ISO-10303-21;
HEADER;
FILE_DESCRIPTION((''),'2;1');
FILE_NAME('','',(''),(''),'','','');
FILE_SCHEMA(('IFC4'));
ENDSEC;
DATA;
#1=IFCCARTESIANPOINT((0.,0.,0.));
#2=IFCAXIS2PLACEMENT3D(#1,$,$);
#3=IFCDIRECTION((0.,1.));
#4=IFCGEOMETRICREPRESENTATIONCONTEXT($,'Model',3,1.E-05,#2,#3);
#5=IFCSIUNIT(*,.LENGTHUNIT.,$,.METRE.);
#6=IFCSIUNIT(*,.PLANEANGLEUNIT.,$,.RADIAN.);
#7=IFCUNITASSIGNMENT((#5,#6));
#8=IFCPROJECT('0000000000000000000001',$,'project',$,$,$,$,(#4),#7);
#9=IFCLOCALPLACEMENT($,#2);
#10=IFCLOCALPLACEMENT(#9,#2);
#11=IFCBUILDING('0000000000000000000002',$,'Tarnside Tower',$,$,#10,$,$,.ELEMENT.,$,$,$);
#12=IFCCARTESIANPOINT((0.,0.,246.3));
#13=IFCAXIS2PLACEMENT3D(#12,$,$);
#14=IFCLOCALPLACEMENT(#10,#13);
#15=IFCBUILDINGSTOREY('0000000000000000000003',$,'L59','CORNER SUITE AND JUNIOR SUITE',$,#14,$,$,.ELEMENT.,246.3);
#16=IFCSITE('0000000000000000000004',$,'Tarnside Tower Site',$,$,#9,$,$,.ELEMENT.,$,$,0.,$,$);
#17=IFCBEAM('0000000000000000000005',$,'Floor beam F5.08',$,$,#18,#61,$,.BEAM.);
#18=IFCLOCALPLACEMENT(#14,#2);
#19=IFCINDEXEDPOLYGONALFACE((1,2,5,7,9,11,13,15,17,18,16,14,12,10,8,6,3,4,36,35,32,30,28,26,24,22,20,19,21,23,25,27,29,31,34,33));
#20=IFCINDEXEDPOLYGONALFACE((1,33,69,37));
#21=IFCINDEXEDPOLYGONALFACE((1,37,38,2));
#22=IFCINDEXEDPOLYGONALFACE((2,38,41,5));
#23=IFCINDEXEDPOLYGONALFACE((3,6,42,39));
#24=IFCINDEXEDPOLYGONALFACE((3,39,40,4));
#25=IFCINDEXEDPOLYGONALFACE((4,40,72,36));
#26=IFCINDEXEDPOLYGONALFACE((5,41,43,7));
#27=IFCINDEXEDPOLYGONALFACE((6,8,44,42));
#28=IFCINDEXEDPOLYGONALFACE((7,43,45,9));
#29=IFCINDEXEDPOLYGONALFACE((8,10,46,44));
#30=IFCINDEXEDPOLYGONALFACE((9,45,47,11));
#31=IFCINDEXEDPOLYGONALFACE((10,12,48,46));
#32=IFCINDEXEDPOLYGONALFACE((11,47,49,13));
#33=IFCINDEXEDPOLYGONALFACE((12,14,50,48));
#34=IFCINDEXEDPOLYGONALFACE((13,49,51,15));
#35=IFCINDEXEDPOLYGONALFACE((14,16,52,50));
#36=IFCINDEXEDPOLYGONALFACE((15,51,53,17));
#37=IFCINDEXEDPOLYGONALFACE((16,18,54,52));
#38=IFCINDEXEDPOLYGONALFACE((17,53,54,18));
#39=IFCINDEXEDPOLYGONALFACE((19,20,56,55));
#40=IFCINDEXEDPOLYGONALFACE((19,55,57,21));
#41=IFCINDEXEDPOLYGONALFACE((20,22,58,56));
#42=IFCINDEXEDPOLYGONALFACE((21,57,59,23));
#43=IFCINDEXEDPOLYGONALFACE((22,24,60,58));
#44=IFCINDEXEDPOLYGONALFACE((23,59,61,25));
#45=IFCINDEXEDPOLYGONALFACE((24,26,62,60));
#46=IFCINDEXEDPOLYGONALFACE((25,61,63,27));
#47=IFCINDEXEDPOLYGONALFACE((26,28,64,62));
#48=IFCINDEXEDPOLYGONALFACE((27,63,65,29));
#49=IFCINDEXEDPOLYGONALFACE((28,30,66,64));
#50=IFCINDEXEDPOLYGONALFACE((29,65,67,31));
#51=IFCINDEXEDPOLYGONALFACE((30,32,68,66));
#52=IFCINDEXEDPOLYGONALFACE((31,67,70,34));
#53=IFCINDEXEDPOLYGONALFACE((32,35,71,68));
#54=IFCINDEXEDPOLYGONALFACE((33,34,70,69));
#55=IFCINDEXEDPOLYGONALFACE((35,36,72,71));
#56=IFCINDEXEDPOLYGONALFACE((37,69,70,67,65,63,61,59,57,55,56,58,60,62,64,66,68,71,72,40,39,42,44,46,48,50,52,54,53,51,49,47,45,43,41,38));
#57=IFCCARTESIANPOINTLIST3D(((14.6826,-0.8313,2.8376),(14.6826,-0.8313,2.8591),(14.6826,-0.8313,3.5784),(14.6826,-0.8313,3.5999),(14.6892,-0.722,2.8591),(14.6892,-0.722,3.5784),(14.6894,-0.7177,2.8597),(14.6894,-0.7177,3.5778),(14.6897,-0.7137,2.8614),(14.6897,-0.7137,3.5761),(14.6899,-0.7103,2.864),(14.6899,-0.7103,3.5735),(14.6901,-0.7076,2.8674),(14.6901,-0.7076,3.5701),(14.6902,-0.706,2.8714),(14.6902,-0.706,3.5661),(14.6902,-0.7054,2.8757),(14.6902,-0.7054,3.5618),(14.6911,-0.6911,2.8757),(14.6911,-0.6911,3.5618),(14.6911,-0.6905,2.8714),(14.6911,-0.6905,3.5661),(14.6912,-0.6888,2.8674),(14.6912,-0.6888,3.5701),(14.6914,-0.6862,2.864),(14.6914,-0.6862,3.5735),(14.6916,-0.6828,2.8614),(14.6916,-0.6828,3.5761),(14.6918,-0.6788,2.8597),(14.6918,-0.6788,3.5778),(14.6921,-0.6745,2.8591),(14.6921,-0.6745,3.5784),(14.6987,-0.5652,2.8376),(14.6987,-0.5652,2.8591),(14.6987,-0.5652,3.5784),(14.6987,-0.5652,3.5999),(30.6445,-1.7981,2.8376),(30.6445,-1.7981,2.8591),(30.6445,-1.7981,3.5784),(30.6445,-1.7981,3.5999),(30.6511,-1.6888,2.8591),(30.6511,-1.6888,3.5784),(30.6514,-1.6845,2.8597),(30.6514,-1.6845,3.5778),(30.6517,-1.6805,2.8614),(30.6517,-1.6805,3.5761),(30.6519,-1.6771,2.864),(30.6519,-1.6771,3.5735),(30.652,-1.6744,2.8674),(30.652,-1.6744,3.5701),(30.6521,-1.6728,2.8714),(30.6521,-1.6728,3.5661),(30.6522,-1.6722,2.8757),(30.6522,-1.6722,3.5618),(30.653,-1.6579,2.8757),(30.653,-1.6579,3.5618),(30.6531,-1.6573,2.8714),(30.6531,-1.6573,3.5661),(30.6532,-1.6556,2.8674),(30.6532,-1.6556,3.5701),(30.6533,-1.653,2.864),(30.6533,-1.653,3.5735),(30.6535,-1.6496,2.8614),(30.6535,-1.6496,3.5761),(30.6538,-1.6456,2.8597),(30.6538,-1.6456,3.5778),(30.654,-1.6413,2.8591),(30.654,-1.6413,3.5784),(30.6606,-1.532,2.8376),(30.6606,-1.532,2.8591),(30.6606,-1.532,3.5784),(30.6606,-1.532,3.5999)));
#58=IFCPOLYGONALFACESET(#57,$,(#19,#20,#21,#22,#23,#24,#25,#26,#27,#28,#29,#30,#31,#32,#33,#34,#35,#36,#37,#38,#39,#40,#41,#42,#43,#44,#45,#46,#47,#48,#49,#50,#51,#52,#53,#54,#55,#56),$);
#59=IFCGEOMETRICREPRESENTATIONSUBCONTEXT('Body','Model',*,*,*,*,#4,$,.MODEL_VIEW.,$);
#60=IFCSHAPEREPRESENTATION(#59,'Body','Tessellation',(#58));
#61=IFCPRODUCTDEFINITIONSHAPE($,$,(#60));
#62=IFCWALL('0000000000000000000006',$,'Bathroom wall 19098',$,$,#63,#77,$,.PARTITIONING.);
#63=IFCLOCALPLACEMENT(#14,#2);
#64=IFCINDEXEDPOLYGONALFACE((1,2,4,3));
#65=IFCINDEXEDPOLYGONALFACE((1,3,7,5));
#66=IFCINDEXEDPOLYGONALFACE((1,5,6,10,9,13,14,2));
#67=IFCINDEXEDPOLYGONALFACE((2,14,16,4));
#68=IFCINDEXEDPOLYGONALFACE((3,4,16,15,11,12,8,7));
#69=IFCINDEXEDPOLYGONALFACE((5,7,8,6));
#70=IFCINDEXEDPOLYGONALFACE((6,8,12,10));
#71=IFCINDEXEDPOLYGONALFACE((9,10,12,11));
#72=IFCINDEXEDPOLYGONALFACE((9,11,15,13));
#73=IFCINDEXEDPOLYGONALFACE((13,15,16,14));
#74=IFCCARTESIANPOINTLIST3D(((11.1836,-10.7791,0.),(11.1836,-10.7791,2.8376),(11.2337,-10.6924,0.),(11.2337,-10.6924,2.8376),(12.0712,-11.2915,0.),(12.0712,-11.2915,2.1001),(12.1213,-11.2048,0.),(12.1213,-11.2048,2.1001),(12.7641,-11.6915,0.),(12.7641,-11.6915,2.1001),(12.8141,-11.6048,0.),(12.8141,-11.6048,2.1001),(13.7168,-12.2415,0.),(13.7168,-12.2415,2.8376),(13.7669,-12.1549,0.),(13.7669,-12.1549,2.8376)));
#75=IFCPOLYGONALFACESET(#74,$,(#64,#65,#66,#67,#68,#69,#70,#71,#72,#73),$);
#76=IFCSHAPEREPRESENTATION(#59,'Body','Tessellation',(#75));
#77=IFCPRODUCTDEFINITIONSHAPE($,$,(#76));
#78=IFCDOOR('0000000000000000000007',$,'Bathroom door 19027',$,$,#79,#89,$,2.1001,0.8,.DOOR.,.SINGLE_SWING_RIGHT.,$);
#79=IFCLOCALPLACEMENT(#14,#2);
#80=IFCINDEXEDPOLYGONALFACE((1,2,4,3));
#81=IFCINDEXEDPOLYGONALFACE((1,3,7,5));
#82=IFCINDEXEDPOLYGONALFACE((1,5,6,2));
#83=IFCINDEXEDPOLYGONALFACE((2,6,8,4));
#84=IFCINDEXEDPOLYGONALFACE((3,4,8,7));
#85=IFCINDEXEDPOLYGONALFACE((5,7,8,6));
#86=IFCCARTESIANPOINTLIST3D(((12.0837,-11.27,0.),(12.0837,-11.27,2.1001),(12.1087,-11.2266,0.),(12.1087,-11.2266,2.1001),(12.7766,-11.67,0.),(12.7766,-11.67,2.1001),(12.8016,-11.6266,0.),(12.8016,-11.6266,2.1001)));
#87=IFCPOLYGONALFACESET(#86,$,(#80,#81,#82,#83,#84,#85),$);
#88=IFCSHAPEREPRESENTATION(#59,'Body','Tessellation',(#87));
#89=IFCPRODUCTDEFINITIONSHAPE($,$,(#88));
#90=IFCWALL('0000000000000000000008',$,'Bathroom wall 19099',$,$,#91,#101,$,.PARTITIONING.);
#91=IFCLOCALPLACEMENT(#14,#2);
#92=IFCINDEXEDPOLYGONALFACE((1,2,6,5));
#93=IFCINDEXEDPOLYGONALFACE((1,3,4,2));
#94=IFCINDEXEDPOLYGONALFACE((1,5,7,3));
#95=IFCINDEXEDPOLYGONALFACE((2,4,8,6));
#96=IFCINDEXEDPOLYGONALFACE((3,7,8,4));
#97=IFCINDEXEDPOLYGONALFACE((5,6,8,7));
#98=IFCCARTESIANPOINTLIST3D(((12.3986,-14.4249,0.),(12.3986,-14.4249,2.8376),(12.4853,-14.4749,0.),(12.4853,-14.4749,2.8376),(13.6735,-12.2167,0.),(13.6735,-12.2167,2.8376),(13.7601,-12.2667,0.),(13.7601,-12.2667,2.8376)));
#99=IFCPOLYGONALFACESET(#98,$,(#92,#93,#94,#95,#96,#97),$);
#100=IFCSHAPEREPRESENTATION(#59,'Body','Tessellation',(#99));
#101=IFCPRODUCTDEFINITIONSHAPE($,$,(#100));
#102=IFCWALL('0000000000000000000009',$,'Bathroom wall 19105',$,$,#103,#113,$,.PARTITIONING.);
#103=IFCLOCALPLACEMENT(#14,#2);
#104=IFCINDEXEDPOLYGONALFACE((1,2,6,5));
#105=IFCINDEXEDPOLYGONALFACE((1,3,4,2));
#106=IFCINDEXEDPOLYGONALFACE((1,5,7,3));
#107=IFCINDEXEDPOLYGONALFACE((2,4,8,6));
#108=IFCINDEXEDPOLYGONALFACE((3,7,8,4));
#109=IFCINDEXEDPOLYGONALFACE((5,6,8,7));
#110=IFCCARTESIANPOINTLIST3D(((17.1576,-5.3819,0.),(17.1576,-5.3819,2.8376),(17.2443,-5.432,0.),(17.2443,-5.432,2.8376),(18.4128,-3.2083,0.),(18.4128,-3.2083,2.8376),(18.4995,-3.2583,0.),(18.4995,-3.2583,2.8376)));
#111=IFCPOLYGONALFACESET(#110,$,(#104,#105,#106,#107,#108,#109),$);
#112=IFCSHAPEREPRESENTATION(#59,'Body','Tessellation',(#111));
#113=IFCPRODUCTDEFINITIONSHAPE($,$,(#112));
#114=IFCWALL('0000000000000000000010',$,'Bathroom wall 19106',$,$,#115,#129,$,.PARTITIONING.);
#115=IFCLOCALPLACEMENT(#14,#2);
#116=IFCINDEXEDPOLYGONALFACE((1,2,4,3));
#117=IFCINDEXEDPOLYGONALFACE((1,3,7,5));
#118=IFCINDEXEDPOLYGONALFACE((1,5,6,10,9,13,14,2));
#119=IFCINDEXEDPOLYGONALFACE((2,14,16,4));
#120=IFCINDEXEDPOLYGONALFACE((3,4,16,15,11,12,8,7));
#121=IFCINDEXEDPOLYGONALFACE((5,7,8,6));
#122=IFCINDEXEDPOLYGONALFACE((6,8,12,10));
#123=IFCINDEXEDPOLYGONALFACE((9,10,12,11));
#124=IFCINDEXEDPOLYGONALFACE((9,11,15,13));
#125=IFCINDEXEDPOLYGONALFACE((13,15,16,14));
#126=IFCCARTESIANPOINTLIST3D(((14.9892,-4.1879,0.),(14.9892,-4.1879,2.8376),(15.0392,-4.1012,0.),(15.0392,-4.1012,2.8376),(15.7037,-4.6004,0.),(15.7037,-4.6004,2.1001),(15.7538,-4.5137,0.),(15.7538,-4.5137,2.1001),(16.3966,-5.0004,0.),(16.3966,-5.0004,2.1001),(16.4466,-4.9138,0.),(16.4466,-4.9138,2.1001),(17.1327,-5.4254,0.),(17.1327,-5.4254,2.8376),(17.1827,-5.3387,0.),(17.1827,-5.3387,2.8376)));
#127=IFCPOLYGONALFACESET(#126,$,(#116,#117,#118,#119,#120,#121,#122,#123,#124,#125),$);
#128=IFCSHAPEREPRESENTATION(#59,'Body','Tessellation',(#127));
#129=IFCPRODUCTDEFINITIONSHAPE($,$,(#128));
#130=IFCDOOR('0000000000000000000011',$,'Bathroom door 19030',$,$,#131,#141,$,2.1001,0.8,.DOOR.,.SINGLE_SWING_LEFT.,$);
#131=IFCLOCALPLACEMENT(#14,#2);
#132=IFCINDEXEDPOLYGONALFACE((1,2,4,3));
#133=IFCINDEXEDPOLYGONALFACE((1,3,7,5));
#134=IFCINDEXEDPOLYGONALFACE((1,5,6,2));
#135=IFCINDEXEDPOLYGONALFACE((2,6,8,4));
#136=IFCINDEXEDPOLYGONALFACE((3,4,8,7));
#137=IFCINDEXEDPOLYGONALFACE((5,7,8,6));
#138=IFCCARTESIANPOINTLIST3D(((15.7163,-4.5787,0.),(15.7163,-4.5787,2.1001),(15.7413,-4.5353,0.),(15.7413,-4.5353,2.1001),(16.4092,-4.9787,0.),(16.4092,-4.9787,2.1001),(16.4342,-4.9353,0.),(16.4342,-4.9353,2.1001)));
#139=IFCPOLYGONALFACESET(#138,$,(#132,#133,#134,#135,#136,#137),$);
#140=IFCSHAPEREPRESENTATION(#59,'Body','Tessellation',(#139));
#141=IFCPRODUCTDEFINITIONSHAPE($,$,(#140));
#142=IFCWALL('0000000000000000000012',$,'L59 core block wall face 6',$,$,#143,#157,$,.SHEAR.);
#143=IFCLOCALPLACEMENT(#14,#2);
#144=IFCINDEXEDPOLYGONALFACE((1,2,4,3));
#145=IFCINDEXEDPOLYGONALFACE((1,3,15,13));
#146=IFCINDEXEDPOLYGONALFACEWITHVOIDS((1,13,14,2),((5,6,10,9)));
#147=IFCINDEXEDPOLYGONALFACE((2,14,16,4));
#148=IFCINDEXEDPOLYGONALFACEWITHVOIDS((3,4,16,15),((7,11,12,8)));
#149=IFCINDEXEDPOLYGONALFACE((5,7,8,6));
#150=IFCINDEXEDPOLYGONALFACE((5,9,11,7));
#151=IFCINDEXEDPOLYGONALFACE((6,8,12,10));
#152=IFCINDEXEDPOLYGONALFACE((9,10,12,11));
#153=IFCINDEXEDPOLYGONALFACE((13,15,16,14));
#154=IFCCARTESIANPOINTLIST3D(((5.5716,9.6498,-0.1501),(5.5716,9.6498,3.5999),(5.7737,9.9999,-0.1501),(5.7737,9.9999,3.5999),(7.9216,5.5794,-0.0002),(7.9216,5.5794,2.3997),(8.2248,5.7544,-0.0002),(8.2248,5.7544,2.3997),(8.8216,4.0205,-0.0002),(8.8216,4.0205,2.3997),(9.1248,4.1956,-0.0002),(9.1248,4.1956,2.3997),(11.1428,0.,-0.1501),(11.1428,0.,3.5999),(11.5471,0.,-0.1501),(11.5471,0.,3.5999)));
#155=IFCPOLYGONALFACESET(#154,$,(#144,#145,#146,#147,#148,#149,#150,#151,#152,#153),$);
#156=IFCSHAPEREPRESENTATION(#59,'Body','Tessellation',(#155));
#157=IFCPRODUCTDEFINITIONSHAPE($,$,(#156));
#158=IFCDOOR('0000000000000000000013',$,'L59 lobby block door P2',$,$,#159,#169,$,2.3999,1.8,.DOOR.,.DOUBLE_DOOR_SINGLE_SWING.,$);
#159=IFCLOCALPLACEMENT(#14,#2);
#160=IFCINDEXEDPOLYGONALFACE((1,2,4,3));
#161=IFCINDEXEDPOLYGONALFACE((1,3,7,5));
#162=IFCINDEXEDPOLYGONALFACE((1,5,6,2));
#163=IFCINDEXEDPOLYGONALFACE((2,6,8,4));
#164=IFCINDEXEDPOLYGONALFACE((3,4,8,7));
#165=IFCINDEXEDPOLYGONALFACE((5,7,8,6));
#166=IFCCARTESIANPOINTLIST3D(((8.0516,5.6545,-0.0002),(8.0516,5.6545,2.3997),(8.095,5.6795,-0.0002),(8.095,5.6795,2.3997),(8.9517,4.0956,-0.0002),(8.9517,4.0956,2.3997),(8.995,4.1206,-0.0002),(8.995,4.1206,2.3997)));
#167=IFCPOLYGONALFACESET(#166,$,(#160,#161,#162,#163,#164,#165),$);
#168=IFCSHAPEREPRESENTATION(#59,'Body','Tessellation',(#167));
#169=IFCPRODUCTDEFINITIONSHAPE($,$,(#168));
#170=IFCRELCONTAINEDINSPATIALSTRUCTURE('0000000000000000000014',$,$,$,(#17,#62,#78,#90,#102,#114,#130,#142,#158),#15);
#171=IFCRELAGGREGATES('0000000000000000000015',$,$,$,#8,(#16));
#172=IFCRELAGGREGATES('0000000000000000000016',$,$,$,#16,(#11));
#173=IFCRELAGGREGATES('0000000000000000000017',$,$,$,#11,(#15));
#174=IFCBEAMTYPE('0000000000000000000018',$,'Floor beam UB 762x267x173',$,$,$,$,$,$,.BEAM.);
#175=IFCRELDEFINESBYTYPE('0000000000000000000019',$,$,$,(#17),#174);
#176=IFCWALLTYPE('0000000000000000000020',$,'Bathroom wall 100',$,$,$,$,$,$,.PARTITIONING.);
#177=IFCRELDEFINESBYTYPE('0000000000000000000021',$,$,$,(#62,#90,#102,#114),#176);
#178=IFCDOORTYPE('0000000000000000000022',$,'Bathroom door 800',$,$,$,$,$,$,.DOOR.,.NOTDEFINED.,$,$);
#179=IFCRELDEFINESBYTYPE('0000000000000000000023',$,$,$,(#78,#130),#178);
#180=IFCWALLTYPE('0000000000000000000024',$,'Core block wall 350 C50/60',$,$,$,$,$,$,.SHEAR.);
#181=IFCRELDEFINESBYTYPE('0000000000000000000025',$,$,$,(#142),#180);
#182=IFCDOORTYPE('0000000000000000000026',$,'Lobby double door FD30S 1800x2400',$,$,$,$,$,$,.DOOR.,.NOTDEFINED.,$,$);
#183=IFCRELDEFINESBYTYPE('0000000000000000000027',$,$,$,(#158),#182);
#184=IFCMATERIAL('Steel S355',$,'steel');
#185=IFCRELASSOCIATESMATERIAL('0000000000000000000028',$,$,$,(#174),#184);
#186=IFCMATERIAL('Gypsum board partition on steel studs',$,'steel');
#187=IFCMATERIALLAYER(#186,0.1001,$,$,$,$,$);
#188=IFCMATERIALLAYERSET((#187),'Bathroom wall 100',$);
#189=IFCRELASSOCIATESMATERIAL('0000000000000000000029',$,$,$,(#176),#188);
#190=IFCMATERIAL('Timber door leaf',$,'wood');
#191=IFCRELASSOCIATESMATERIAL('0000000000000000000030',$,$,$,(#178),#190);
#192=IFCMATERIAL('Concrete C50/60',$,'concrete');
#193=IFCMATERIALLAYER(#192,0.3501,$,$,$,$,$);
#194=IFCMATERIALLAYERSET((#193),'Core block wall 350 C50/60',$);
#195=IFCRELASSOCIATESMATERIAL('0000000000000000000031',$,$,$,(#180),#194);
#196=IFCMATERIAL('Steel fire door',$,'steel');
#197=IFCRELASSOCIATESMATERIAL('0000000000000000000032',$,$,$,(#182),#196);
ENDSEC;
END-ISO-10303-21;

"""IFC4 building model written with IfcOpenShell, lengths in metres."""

from ifc_helpers import new_model, si_unit, direction, frame, frame_2d, origin, origin_2d, place, context, subcontext, project, spatial, polyline, rectangle, i_section, outline, extrude, material, layer, layer_set, material_profile, profile_set, type_object, element, fill, save


model = new_model("IFC4")

# Units and contexts
model_context = context("Model", 3, precision=1e-05, world=origin(), true_north=direction((0.0, 1.0)))
body_context = subcontext(model_context, "Body", "Model", "MODEL_VIEW")
ifc_project = project(units=[si_unit("LENGTHUNIT", "METRE"), si_unit("PLANEANGLEUNIT", "RADIAN")], contexts=[model_context])

# Site, building, storey
site_placement = place(None, origin())
site = spatial("IfcSite", under=ifc_project, at=site_placement, Name="Tarnside Tower Site", CompositionType="ELEMENT", RefElevation=0.0)
building_placement = place(site_placement, origin())
building = spatial("IfcBuilding", under=site, at=building_placement, Name="Tarnside Tower", CompositionType="ELEMENT")
storey_placement = place(building_placement, frame((0.0, 0.0, 246.3)))
storey = spatial("IfcBuildingStorey", under=building, at=storey_placement, Name="L59", Description="CORNER SUITE AND JUNIOR SUITE", CompositionType="ELEMENT", Elevation=246.3)

# Beam
ifc_material_1 = material(Name="Steel S355", Category="steel")
ifc_material_profile_1 = material_profile(ifc_material_1, i_section(OverallWidth=0.2666, OverallDepth=0.7622, WebThickness=0.0144, FlangeThickness=0.0215, FilletRadius=0.0166, at=origin_2d()), Name="UB 762x267x173")
ifc_profile_set_1 = profile_set([ifc_material_profile_1], Name="Steel S355")
beam_type_1 = type_object("IfcBeamType", Name="Floor beam UB 762x267x173", PredefinedType="BEAM", material=ifc_profile_set_1)
beam_1_placement = place(storey_placement, frame((30.6526, -1.665, 3.2188), z_axis=(-0.998171, 0.060458, 0.0), x_axis=(-0.060458, -0.998171, 0.0)))
element("IfcBeam", 1, at=beam_1_placement, inside=storey, type_object=beam_type_1, Name="Floor beam F5.08", PredefinedType="BEAM", context=body_context, shape_type="SweptSolid", body=[
    extrude(i_section(OverallWidth=0.2666, OverallDepth=0.7622, WebThickness=0.0144, FlangeThickness=0.0215, FilletRadius=0.0166, at=origin_2d()), origin(), (0.0, 0.0, 1.0), 15.9912),
])

# Wall, opening, door
ifc_material_2 = material(Name="Gypsum board partition on steel studs", Category="steel")
ifc_layer_1 = layer(ifc_material_2, 0.1001)
ifc_layer_set_1 = layer_set([ifc_layer_1], Name="Bathroom wall 100")
wall_type_1 = type_object("IfcWallType", Name="Bathroom wall 100", PredefinedType="PARTITIONING", material=ifc_layer_set_1)
wall_1_placement = place(storey_placement, frame((11.2087, -10.7358, 0.0), z_axis=(0.0, 0.0, 1.0), x_axis=(0.866047, -0.499963, 0.0)))
wall_1 = element("IfcWall", 2, at=wall_1_placement, inside=storey, type_object=wall_type_1, Name="Bathroom wall 19098", PredefinedType="PARTITIONING", context=body_context, shape_type="SweptSolid", body=[
    extrude(rectangle(XDim=2.925, YDim=0.1001, at=frame_2d((1.4624, 0.0))), origin(), (0.0, 0.0, 1.0), 2.8376),
])
opening_1_placement = place(wall_1_placement, frame((1.0249, 0.0, 0.0)))
opening_1 = element("IfcOpeningElement", 3, at=opening_1_placement, cuts=wall_1, PredefinedType="OPENING", context=body_context, shape_type="SweptSolid", body=[
    extrude(rectangle(XDim=0.8, YDim=2.1001, at=frame_2d((0.3999, 1.05))), frame((0.0, 0.0601, 0.0), z_axis=(0.0, -1.0, 0.0), x_axis=(1.0, 0.0, 0.0)), (0.0, 0.0, 1.0), 0.1201),
])
ifc_material_3 = material(Name="Timber door leaf", Category="wood")
door_type_1 = type_object("IfcDoorType", Name="Bathroom door 800", OperationType="NOTDEFINED", PredefinedType="DOOR", material=ifc_material_3)
door_1_placement = place(opening_1_placement, origin())
door_1 = element("IfcDoor", 4, at=door_1_placement, inside=storey, type_object=door_type_1, Name="Bathroom door 19027", OperationType="SINGLE_SWING_RIGHT", OverallHeight=2.1001, OverallWidth=0.8, PredefinedType="DOOR", context=body_context, shape_type="SweptSolid", body=[
    extrude(rectangle(XDim=0.8, YDim=2.1001, at=frame_2d((0.3999, 1.05))), frame((0.0, 0.0249, 0.0), z_axis=(0.0, -1.0, 0.0), x_axis=(1.0, 0.0, 0.0)), (0.0, 0.0, 1.0), 0.05),
])
fill(opening_1, door_1)

# Walls
wall_2_placement = place(storey_placement, frame((13.7168, -12.2417, 0.0), z_axis=(0.0, 0.0, 1.0), x_axis=(-0.49999, -0.866031, 0.0)))
element("IfcWall", 5, at=wall_2_placement, inside=storey, type_object=wall_type_1, Name="Bathroom wall 19099", PredefinedType="PARTITIONING", context=body_context, shape_type="SweptSolid", body=[
    extrude(rectangle(XDim=2.5498, YDim=0.1001, at=frame_2d((1.2749, 0.0))), origin(), (0.0, 0.0, 1.0), 2.8376),
])
wall_3_placement = place(storey_placement, frame((18.4561, -3.2334, 0.0), z_axis=(0.0, 0.0, 1.0), x_axis=(-0.500062, -0.86599, 0.0)))
element("IfcWall", 6, at=wall_3_placement, inside=storey, type_object=wall_type_1, Name="Bathroom wall 19105", PredefinedType="PARTITIONING", context=body_context, shape_type="SweptSolid", body=[
    extrude(rectangle(XDim=2.51, YDim=0.1001, at=frame_2d((1.2549, 0.0))), origin(), (0.0, 0.0, 1.0), 2.8376),
])

# Walls, openings, doors
wall_4_placement = place(storey_placement, frame((17.1577, -5.3821, 0.0), z_axis=(0.0, 0.0, 1.0), x_axis=(-0.866031, 0.49999, 0.0)))
wall_4 = element("IfcWall", 7, at=wall_4_placement, inside=storey, type_object=wall_type_1, Name="Bathroom wall 19106", PredefinedType="PARTITIONING", context=body_context, shape_type="SweptSolid", body=[
    extrude(rectangle(XDim=2.4751, YDim=0.1001, at=frame_2d((1.2375, 0.0))), origin(), (0.0, 0.0, 1.0), 2.8376),
])
opening_2_placement = place(wall_4_placement, frame((0.8501, 0.0, 0.0)))
opening_2 = element("IfcOpeningElement", 8, at=opening_2_placement, cuts=wall_4, PredefinedType="OPENING", context=body_context, shape_type="SweptSolid", body=[
    extrude(rectangle(XDim=0.8, YDim=2.1001, at=frame_2d((0.3999, 1.05))), frame((0.0, 0.0601, 0.0), z_axis=(0.0, -1.0, 0.0), x_axis=(1.0, 0.0, 0.0)), (0.0, 0.0, 1.0), 0.1201),
])
door_2_placement = place(opening_2_placement, origin())
door_2 = element("IfcDoor", 9, at=door_2_placement, inside=storey, type_object=door_type_1, Name="Bathroom door 19030", OperationType="SINGLE_SWING_LEFT", OverallHeight=2.1001, OverallWidth=0.8, PredefinedType="DOOR", context=body_context, shape_type="SweptSolid", body=[
    extrude(rectangle(XDim=0.8, YDim=2.1001, at=frame_2d((0.3999, 1.05))), frame((0.0, 0.0249, 0.0), z_axis=(0.0, -1.0, 0.0), x_axis=(1.0, 0.0, 0.0)), (0.0, 0.0, 1.0), 0.05),
])
fill(opening_2, door_2)
ifc_material_4 = material(Name="Concrete C50/60", Category="concrete")
ifc_layer_2 = layer(ifc_material_4, 0.3501)
ifc_layer_set_2 = layer_set([ifc_layer_2], Name="Core block wall 350 C50/60")
wall_type_2 = type_object("IfcWallType", Name="Core block wall 350 C50/60", PredefinedType="SHEAR", material=ifc_layer_set_2)
wall_5_placement = place(storey_placement, frame((11.345, 0.0, -0.1501), z_axis=(0.0, 0.0, 1.0), x_axis=(-0.499995, 0.866028, 0.0)))
wall_5 = element("IfcWall", 10, at=wall_5_placement, inside=storey, type_object=wall_type_2, Name="L59 core block wall face 6", PredefinedType="SHEAR", context=body_context, shape_type="SweptSolid", body=[
    extrude(outline(polyline([(-0.1011, -0.175), (11.4458, -0.175), (11.2437, 0.175), (0.1011, 0.175), (-0.1011, -0.175)])), origin(), (0.0, 0.0, 1.0), 3.75),
])
opening_3_placement = place(wall_5_placement, frame((4.7437, 0.0, 0.1499)))
opening_3 = element("IfcOpeningElement", 11, at=opening_3_placement, cuts=wall_5, PredefinedType="OPENING", context=body_context, shape_type="SweptSolid", body=[
    extrude(rectangle(XDim=1.8, YDim=2.3999, at=frame_2d((0.8999, 1.2))), frame((0.0, 0.1851, 0.0), z_axis=(0.0, -1.0, 0.0), x_axis=(1.0, 0.0, 0.0)), (0.0, 0.0, 1.0), 0.3701),
])
ifc_material_5 = material(Name="Steel fire door", Category="steel")
door_type_2 = type_object("IfcDoorType", Name="Lobby double door FD30S 1800x2400", OperationType="NOTDEFINED", PredefinedType="DOOR", material=ifc_material_5)
door_3_placement = place(opening_3_placement, origin())
door_3 = element("IfcDoor", 12, at=door_3_placement, inside=storey, type_object=door_type_2, Name="L59 lobby block door P2", OperationType="DOUBLE_DOOR_SINGLE_SWING", OverallHeight=2.3999, OverallWidth=1.8, PredefinedType="DOOR", context=body_context, shape_type="SweptSolid", body=[
    extrude(rectangle(XDim=1.8, YDim=2.3999, at=frame_2d((0.8999, 1.2))), frame((0.0, 0.0249, 0.0), z_axis=(0.0, -1.0, 0.0), x_axis=(1.0, 0.0, 0.0)), (0.0, 0.0, 1.0), 0.05),
])
fill(opening_3, door_3)

save(model, "model.ifc")
